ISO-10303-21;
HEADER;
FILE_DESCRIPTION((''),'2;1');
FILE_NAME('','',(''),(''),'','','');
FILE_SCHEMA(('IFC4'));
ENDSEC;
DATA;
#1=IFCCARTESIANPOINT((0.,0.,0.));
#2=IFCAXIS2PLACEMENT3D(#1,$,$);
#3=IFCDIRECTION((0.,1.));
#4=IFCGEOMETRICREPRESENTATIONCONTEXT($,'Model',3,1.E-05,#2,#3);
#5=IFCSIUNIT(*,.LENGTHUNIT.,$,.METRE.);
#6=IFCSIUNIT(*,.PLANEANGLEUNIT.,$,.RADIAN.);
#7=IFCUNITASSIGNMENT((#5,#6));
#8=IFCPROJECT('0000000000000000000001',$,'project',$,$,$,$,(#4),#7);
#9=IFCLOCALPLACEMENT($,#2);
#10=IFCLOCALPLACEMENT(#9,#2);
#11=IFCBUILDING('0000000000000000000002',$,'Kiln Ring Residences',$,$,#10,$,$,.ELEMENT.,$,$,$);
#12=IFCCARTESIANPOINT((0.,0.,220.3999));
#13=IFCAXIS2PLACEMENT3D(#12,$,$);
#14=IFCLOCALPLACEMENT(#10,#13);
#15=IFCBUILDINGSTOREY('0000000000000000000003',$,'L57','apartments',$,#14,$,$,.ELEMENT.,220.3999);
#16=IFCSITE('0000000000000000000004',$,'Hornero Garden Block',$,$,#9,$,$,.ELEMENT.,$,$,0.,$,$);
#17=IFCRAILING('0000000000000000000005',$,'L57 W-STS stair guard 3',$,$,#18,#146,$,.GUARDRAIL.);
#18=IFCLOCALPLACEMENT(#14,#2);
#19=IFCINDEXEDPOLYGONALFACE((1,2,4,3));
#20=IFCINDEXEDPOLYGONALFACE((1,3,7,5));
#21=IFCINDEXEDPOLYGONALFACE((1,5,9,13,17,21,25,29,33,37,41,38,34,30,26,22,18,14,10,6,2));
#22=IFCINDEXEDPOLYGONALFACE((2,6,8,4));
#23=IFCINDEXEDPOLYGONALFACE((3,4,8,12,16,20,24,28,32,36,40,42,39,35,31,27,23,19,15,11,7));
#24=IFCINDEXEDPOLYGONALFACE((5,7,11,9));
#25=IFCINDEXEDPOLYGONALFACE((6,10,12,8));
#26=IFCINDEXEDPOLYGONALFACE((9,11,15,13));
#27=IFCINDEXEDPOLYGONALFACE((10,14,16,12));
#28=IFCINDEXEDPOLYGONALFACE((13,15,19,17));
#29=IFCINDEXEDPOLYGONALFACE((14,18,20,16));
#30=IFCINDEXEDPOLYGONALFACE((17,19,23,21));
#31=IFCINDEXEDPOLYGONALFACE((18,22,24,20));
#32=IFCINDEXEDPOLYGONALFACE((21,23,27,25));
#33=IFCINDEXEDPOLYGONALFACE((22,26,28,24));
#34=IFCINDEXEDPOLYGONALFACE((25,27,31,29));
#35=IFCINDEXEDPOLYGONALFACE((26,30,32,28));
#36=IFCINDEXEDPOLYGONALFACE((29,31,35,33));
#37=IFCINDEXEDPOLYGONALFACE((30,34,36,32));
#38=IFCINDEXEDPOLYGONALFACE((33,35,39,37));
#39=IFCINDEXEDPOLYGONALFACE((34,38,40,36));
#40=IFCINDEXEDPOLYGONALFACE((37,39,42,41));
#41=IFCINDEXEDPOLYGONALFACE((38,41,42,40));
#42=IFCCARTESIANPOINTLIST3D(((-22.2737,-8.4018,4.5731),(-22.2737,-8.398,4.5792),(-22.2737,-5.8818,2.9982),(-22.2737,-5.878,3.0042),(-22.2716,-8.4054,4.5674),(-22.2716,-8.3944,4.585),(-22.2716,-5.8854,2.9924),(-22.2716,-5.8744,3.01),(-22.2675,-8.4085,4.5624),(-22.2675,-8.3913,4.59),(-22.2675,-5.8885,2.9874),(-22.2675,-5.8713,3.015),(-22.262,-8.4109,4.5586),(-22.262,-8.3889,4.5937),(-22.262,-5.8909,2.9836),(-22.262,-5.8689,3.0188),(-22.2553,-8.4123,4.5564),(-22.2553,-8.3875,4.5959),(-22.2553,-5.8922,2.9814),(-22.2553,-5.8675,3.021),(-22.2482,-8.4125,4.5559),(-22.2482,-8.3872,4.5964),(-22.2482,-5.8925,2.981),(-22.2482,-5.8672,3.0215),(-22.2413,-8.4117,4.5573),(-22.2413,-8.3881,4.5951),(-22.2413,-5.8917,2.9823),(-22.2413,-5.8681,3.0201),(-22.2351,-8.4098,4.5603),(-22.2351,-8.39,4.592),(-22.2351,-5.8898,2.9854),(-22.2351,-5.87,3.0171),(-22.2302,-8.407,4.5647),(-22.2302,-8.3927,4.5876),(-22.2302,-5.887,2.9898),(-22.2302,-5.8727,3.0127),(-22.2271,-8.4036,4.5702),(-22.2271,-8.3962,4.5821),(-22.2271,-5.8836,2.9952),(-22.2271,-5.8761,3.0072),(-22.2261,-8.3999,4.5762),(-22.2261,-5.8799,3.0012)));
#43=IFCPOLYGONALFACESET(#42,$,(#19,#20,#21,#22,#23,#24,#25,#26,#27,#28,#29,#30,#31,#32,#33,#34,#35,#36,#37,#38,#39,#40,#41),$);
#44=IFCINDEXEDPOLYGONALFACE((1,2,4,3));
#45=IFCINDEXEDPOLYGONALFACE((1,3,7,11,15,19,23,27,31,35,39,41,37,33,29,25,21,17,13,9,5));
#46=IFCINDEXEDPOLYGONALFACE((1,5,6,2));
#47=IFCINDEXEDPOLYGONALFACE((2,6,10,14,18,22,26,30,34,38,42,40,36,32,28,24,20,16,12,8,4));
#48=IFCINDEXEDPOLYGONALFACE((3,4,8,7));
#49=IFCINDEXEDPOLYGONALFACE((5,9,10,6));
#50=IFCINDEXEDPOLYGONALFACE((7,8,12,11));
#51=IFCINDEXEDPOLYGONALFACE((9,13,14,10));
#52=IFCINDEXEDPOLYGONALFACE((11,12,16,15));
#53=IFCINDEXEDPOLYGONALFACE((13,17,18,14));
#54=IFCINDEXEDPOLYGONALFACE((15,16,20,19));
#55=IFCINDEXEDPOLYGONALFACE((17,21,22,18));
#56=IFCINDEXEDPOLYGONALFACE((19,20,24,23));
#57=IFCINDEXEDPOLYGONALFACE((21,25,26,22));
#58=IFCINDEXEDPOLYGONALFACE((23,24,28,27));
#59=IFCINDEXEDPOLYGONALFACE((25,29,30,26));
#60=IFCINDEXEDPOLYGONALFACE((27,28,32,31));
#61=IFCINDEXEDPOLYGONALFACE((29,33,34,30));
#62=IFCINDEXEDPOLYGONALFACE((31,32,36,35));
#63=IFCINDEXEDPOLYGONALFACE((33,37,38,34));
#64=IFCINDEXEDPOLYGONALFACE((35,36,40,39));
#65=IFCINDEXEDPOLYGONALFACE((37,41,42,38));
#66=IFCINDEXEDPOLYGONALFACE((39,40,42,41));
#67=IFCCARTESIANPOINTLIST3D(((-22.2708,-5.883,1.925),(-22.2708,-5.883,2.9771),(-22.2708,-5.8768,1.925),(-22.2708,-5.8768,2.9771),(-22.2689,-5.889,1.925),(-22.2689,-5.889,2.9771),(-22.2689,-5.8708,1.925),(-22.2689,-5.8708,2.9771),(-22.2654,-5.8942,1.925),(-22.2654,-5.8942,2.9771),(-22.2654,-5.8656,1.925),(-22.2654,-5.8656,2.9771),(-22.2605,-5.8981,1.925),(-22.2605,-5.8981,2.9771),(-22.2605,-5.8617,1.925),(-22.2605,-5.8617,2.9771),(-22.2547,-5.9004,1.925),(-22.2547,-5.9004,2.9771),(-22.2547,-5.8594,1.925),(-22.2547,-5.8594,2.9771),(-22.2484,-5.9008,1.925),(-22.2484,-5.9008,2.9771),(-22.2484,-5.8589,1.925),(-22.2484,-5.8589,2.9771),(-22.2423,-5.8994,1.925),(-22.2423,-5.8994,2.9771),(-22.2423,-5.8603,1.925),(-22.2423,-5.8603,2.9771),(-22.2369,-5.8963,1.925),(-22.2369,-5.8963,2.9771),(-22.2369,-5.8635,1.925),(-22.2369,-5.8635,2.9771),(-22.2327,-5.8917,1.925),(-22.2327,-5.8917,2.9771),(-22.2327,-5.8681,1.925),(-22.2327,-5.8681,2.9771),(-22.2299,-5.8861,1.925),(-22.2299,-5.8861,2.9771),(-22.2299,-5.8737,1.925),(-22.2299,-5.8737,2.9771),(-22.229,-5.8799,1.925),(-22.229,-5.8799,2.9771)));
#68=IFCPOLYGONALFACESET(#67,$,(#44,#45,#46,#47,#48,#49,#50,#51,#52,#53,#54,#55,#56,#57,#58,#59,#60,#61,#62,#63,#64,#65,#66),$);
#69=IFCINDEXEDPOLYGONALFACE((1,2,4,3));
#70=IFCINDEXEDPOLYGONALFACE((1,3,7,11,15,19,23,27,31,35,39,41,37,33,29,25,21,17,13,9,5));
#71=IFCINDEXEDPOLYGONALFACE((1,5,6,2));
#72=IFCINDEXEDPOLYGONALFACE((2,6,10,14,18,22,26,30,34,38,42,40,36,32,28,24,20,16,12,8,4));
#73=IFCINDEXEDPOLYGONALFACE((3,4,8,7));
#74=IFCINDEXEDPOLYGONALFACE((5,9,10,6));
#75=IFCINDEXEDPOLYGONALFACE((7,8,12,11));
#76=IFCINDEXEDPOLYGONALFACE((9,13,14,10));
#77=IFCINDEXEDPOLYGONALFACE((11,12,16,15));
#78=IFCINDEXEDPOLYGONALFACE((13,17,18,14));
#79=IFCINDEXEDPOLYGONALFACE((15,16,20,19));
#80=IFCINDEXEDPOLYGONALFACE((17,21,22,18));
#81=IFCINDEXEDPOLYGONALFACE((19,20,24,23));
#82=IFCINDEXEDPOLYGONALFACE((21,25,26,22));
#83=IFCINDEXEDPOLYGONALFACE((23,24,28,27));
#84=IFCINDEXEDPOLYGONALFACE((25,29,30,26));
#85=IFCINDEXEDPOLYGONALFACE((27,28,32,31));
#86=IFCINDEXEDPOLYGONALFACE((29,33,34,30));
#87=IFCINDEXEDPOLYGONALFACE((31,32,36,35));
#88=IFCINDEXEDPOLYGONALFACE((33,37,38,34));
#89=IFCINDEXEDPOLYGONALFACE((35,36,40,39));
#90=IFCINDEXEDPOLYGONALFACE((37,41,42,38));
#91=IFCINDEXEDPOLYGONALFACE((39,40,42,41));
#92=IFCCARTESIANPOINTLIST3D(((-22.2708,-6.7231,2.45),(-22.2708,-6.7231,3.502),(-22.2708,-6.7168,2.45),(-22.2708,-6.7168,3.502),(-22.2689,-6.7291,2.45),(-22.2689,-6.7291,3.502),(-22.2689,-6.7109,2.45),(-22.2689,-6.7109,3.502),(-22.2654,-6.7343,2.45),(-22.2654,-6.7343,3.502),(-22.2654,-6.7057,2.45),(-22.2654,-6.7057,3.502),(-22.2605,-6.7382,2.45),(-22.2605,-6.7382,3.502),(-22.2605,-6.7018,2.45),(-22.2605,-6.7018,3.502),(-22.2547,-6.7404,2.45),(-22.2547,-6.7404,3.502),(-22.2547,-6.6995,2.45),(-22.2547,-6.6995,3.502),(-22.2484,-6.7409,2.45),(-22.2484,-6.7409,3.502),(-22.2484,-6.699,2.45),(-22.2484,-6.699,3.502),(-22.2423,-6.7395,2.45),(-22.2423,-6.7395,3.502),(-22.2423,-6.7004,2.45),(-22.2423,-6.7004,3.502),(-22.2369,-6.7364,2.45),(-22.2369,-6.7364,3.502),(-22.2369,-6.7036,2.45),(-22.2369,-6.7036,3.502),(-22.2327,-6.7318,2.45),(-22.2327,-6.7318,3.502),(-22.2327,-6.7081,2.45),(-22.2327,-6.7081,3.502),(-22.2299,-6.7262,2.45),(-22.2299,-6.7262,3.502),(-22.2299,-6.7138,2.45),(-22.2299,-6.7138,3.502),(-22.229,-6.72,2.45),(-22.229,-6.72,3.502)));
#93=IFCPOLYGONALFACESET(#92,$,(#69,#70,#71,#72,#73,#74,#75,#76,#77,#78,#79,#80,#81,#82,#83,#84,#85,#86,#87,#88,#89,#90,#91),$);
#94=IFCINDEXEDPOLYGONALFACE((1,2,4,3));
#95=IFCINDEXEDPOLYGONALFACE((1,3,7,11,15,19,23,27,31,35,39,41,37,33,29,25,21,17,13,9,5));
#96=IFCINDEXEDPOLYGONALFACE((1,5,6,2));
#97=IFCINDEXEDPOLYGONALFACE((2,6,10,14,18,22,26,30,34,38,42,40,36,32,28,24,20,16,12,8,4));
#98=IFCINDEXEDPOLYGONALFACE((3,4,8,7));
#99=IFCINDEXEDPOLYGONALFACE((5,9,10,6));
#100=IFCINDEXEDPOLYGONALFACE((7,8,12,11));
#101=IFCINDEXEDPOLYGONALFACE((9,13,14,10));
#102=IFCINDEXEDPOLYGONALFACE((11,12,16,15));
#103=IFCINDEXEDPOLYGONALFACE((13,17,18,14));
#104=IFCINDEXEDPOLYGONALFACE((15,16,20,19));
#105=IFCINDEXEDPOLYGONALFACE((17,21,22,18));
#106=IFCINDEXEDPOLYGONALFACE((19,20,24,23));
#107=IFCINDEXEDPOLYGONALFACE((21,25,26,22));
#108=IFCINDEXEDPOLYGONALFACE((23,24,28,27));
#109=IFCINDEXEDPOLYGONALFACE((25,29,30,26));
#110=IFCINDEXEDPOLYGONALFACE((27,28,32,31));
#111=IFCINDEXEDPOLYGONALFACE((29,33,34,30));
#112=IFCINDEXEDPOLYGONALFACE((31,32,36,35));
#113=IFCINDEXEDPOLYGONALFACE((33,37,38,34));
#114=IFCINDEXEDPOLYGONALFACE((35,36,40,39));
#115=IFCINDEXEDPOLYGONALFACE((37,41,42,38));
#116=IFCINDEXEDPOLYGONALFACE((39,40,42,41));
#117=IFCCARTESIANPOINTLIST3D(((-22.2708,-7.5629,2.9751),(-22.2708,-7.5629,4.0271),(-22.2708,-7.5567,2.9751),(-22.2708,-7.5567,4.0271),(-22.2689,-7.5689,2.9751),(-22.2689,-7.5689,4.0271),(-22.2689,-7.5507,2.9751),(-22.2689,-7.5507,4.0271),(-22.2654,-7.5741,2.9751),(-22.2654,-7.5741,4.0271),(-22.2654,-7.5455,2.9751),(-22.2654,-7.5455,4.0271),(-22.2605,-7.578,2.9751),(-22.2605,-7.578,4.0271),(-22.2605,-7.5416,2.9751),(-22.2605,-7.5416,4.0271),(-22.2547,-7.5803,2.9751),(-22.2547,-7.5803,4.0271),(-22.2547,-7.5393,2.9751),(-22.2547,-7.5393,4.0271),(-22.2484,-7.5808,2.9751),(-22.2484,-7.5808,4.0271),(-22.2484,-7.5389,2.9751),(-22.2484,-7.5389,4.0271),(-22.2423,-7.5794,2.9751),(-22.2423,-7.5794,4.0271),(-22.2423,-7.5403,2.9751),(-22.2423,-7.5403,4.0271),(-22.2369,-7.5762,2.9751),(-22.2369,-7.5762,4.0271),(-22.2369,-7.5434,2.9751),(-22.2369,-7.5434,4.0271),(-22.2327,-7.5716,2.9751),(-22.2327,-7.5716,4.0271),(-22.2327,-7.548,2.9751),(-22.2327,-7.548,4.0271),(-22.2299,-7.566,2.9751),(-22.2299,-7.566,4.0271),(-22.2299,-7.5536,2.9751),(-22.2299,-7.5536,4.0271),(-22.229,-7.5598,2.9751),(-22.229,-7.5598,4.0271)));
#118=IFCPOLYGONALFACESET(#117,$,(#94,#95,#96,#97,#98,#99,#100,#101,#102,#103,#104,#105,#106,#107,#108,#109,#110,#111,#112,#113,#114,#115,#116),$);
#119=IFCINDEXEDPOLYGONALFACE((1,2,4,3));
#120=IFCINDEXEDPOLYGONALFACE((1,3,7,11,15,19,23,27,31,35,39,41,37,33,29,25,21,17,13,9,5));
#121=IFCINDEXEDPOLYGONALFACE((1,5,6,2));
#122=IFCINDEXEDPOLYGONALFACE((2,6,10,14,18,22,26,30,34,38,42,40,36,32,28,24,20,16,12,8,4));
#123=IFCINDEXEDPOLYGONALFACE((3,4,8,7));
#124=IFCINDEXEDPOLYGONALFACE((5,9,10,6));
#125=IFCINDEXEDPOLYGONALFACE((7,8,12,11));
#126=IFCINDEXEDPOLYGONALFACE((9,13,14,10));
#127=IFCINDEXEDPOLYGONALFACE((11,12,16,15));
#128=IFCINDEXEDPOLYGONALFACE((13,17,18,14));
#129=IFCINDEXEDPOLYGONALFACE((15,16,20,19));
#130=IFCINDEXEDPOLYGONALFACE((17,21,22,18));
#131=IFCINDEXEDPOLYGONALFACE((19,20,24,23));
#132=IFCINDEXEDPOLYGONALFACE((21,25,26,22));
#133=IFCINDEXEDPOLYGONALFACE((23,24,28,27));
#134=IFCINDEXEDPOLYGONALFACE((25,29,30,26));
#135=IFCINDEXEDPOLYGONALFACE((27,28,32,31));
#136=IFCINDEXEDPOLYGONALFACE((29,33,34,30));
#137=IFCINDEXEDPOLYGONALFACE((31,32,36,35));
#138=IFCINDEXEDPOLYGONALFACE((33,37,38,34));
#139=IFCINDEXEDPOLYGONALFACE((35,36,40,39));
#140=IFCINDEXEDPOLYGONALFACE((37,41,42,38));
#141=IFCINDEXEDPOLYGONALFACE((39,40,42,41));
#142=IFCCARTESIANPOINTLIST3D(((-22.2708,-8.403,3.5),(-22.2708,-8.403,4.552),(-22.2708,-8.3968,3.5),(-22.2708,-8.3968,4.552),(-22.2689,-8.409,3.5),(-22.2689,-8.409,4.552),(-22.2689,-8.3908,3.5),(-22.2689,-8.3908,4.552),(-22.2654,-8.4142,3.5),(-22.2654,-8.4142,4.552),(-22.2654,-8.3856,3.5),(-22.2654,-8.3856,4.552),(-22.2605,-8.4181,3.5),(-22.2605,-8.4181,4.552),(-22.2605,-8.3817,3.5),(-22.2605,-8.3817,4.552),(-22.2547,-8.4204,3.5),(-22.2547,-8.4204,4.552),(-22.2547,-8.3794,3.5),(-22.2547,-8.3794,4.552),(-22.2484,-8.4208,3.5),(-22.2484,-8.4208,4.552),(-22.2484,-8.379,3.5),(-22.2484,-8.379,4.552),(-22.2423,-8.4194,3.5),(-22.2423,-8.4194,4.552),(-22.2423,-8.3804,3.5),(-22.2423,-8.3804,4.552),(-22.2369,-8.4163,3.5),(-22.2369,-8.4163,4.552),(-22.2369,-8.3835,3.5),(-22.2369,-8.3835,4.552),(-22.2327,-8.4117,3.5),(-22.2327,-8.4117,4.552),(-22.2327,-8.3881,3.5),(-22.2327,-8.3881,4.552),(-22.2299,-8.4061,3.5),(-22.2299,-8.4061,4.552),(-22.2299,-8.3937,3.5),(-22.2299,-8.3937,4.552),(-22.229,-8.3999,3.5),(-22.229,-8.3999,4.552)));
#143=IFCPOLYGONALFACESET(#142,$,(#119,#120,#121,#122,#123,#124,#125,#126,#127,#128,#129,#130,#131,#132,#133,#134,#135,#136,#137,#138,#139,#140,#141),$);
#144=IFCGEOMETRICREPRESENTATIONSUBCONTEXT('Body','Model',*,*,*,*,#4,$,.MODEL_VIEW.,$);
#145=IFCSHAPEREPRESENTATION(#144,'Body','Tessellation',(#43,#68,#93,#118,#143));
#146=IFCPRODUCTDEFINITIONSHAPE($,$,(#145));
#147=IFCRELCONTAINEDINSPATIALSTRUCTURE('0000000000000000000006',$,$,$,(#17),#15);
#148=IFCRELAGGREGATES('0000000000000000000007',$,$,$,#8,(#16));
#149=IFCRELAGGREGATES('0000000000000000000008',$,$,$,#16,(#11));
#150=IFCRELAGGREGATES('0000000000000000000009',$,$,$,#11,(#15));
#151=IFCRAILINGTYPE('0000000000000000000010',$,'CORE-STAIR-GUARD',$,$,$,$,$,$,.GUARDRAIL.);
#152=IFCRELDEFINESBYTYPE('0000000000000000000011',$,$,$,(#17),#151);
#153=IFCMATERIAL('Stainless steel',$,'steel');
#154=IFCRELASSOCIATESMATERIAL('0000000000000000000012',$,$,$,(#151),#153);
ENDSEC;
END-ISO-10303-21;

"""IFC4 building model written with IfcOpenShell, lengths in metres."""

from ifc_helpers import new_model, si_unit, direction, frame, origin, origin_2d, place, context, subcontext, project, spatial, circle, extrude, material, type_object, element, save


model = new_model("IFC4")

# Units and contexts
model_context = context("Model", 3, precision=1e-05, world=origin(), true_north=direction((0.0, 1.0)))
body_context = subcontext(model_context, "Body", "Model", "MODEL_VIEW")
ifc_project = project(units=[si_unit("LENGTHUNIT", "METRE"), si_unit("PLANEANGLEUNIT", "RADIAN")], contexts=[model_context])

# Site, building, storey
site_placement = place(None, origin())
site = spatial("IfcSite", under=ifc_project, at=site_placement, Name="Hornero Garden Block", CompositionType="ELEMENT", RefElevation=0.0)
building_placement = place(site_placement, origin())
building = spatial("IfcBuilding", under=site, at=building_placement, Name="Kiln Ring Residences", CompositionType="ELEMENT")
storey_placement = place(building_placement, frame((0.0, 0.0, 220.3999)))
storey = spatial("IfcBuildingStorey", under=building, at=storey_placement, Name="L57", Description="apartments", CompositionType="ELEMENT", Elevation=220.3999)

# Railing
ifc_material_1 = material(Name="Stainless steel", Category="steel")
railing_type_1 = type_object("IfcRailingType", Name="CORE-STAIR-GUARD", PredefinedType="GUARDRAIL", material=ifc_material_1)
railing_1_placement = place(storey_placement, frame((-22.25, -5.8799, 1.925)))
element("IfcRailing", 1, at=railing_1_placement, inside=storey, type_object=railing_type_1, Name="L57 W-STS stair guard 3", PredefinedType="GUARDRAIL", context=body_context, shape_type="SweptSolid", body=[
    extrude(circle(Radius=0.0239, at=origin_2d()), frame((0.0, 0.0, 1.0762), z_axis=(0.0, -0.848008, 0.529984), x_axis=(1.0, 0.0, 0.0)), (0.0, 0.0, 1.0), 2.9717),
    extrude(circle(Radius=0.021, at=origin_2d()), origin(), (0.0, 0.0, 1.0), 1.052),
    extrude(circle(Radius=0.021, at=origin_2d()), frame((0.0, -0.8401, 0.5249)), (0.0, 0.0, 1.0), 1.052),
    extrude(circle(Radius=0.021, at=origin_2d()), frame((0.0, -1.6799, 1.05)), (0.0, 0.0, 1.0), 1.052),
    extrude(circle(Radius=0.021, at=origin_2d()), frame((0.0, -2.52, 1.575)), (0.0, 0.0, 1.0), 1.052),
])

save(model, "model.ifc")
